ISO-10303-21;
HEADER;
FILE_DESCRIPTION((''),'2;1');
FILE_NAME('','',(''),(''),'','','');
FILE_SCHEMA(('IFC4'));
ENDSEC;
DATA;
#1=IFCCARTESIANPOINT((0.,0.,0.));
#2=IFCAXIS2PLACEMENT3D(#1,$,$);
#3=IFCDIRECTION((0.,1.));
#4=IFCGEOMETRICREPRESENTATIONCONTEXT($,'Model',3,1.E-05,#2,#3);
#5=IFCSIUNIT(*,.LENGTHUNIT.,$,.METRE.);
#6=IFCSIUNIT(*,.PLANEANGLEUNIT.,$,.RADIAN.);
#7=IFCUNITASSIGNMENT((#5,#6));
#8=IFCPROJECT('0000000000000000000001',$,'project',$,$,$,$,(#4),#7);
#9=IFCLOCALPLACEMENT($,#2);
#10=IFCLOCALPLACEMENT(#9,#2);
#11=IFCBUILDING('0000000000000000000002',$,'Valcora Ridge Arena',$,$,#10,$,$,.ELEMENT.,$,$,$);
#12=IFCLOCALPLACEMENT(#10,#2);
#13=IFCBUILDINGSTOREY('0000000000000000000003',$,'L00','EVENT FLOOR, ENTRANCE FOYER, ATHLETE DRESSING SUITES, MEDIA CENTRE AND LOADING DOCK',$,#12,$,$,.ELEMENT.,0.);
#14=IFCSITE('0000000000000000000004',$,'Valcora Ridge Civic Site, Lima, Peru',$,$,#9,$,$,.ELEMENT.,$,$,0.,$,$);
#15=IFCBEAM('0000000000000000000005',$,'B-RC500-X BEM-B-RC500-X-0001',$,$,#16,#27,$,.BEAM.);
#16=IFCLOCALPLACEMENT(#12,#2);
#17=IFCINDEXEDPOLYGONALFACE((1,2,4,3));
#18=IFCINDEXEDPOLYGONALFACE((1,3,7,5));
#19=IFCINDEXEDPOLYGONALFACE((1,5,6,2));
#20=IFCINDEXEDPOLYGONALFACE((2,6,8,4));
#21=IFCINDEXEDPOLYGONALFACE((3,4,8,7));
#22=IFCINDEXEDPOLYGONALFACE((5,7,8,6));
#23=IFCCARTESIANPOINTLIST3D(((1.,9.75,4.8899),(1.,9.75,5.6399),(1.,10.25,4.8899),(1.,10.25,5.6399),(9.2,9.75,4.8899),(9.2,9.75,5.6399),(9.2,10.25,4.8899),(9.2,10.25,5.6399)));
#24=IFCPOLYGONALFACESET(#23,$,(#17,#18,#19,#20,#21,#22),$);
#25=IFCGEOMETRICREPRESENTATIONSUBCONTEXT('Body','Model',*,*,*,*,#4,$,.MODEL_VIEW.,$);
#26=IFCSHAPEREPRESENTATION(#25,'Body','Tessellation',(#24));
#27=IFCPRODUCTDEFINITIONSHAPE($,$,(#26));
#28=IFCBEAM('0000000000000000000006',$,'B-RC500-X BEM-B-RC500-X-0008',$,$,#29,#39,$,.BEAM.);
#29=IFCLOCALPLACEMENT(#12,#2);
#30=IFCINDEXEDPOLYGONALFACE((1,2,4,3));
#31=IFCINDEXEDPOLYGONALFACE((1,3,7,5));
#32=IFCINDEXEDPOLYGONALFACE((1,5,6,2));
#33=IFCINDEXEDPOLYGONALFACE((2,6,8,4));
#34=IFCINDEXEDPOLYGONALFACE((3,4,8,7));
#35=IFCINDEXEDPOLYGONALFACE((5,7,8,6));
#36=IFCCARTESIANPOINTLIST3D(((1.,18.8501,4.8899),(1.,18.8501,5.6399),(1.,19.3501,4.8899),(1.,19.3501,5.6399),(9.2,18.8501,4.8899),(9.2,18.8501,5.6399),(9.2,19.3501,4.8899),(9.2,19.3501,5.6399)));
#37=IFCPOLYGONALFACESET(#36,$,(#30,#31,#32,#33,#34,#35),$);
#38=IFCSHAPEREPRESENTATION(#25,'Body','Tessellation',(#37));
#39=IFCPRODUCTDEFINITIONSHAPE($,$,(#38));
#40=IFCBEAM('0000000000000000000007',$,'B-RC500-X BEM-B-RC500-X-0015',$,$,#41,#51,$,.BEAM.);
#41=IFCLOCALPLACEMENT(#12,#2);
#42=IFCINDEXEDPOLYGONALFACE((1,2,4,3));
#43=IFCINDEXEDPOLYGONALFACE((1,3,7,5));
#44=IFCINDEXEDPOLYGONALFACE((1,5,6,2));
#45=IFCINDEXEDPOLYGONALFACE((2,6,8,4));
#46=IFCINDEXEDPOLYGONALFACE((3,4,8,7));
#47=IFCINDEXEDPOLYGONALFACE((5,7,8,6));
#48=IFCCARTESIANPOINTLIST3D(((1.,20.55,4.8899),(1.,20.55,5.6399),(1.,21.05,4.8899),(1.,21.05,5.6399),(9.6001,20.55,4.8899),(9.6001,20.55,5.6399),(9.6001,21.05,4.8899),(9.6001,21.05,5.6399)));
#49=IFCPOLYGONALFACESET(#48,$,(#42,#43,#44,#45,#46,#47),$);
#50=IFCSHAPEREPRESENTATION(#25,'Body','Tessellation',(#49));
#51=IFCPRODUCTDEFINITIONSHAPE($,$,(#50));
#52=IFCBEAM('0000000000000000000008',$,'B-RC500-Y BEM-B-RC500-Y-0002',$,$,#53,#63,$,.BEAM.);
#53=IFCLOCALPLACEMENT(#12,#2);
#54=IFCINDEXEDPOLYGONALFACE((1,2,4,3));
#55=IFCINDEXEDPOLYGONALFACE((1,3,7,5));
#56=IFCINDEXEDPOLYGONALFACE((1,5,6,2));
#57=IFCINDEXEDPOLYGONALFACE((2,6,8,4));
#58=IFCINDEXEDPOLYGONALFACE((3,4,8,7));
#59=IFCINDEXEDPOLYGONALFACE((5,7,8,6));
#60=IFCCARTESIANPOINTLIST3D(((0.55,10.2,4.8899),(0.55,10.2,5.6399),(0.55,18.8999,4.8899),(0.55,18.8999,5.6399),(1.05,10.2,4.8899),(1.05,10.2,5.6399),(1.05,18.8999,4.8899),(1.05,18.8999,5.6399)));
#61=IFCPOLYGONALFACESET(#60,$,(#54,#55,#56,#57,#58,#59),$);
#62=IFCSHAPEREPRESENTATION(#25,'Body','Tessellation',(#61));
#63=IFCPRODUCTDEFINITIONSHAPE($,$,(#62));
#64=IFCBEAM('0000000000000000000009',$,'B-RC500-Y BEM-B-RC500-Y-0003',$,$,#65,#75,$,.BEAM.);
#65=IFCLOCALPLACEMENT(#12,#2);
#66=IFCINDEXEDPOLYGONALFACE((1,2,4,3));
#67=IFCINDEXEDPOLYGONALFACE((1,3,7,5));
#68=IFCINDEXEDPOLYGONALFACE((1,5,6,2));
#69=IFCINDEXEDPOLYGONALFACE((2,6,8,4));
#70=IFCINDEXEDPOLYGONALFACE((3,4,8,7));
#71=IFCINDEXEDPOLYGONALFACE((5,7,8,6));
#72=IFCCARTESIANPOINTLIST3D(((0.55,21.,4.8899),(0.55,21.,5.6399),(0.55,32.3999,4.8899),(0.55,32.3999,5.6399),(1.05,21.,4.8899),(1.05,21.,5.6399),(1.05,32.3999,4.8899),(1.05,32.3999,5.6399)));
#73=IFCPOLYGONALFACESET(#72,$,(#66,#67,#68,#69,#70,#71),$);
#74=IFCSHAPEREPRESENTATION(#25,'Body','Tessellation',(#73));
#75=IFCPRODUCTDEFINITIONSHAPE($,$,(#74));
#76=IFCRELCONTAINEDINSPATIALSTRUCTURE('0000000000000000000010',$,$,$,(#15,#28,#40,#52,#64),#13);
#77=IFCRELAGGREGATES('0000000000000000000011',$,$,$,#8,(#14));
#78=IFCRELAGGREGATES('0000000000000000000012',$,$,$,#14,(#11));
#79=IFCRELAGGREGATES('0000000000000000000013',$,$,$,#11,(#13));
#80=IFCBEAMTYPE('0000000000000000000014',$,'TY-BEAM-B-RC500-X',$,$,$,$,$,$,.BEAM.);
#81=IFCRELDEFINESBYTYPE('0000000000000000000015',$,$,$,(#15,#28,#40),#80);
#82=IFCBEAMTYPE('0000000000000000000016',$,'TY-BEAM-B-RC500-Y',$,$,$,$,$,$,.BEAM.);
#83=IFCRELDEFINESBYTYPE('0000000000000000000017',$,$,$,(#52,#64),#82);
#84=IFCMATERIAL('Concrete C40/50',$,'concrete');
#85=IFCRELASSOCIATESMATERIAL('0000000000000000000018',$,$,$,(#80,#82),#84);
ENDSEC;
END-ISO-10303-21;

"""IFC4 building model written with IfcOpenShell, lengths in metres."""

from ifc_helpers import new_model, si_unit, direction, frame, origin, origin_2d, place, context, subcontext, project, spatial, rectangle, extrude, material, material_profile, profile_set, type_object, element, save


model = new_model("IFC4")

# Units and contexts
model_context = context("Model", 3, precision=1e-05, world=origin(), true_north=direction((0.0, 1.0)))
body_context = subcontext(model_context, "Body", "Model", "MODEL_VIEW")
ifc_project = project(units=[si_unit("LENGTHUNIT", "METRE"), si_unit("PLANEANGLEUNIT", "RADIAN")], contexts=[model_context])

# Site, building, storey
site_placement = place(None, origin())
site = spatial("IfcSite", under=ifc_project, at=site_placement, Name="Valcora Ridge Civic Site, Lima, Peru", CompositionType="ELEMENT", RefElevation=0.0)
building_placement = place(site_placement, origin())
building = spatial("IfcBuilding", under=site, at=building_placement, Name="Valcora Ridge Arena", CompositionType="ELEMENT")
storey_placement = place(building_placement, origin())
storey = spatial("IfcBuildingStorey", under=building, at=storey_placement, Name="L00", Description="EVENT FLOOR, ENTRANCE FOYER, ATHLETE DRESSING SUITES, MEDIA CENTRE AND LOADING DOCK", CompositionType="ELEMENT", Elevation=0.0)

# Shared definitions
ifc_material_1 = material(Name="Concrete C40/50", Category="concrete")

# Beams
ifc_material_profile_1 = material_profile(ifc_material_1, rectangle(XDim=0.5, YDim=0.75, at=origin_2d()), Name="RC 500x750")
ifc_profile_set_1 = profile_set([ifc_material_profile_1], Name="Concrete C40/50")
beam_type_1 = type_object("IfcBeamType", Name="TY-BEAM-B-RC500-X", PredefinedType="BEAM", material=ifc_profile_set_1)
for number, where, z_axis, x_axis, name in (
    (1, (1.0, 10.0, 5.2649), (1.0, 0.0, 0.0), (0.0, 1.0, 0.0), "B-RC500-X BEM-B-RC500-X-0001"),
    (2, (1.0, 19.1001, 5.2649), (1.0, 0.0, 0.0), (0.0, 1.0, 0.0), "B-RC500-X BEM-B-RC500-X-0008"),
):
    element("IfcBeam", number, at=place(storey_placement, frame(where, z_axis=z_axis, x_axis=x_axis)), inside=storey, type_object=beam_type_1, Name=name, PredefinedType="BEAM", context=body_context, shape_type="SweptSolid", body=[
        extrude(rectangle(XDim=0.5, YDim=0.75, at=origin_2d()), origin(), (0.0, 0.0, 1.0), 8.2),
    ])
beam_1_placement = place(storey_placement, frame((1.0, 20.8, 5.2649), z_axis=(1.0, 0.0, 0.0), x_axis=(0.0, 1.0, 0.0)))
element("IfcBeam", 3, at=beam_1_placement, inside=storey, type_object=beam_type_1, Name="B-RC500-X BEM-B-RC500-X-0015", PredefinedType="BEAM", context=body_context, shape_type="SweptSolid", body=[
    extrude(rectangle(XDim=0.5, YDim=0.75, at=origin_2d()), origin(), (0.0, 0.0, 1.0), 8.6001),
])
ifc_material_profile_2 = material_profile(ifc_material_1, rectangle(XDim=0.5, YDim=0.75, at=origin_2d()), Name="RC 500x750")
ifc_profile_set_2 = profile_set([ifc_material_profile_2], Name="Concrete C40/50")
beam_type_2 = type_object("IfcBeamType", Name="TY-BEAM-B-RC500-Y", PredefinedType="BEAM", material=ifc_profile_set_2)
beam_2_placement = place(storey_placement, frame((0.8, 10.2, 5.2649), z_axis=(0.0, 1.0, 0.0), x_axis=(-1.0, 0.0, 0.0)))
element("IfcBeam", 4, at=beam_2_placement, inside=storey, type_object=beam_type_2, Name="B-RC500-Y BEM-B-RC500-Y-0002", PredefinedType="BEAM", context=body_context, shape_type="SweptSolid", body=[
    extrude(rectangle(XDim=0.5, YDim=0.75, at=origin_2d()), origin(), (0.0, 0.0, 1.0), 8.7),
])
beam_3_placement = place(storey_placement, frame((0.8, 21.0, 5.2649), z_axis=(0.0, 1.0, 0.0), x_axis=(-1.0, 0.0, 0.0)))
element("IfcBeam", 5, at=beam_3_placement, inside=storey, type_object=beam_type_2, Name="B-RC500-Y BEM-B-RC500-Y-0003", PredefinedType="BEAM", context=body_context, shape_type="SweptSolid", body=[
    extrude(rectangle(XDim=0.5, YDim=0.75, at=origin_2d()), origin(), (0.0, 0.0, 1.0), 11.3999),
])

save(model, "model.ifc")
